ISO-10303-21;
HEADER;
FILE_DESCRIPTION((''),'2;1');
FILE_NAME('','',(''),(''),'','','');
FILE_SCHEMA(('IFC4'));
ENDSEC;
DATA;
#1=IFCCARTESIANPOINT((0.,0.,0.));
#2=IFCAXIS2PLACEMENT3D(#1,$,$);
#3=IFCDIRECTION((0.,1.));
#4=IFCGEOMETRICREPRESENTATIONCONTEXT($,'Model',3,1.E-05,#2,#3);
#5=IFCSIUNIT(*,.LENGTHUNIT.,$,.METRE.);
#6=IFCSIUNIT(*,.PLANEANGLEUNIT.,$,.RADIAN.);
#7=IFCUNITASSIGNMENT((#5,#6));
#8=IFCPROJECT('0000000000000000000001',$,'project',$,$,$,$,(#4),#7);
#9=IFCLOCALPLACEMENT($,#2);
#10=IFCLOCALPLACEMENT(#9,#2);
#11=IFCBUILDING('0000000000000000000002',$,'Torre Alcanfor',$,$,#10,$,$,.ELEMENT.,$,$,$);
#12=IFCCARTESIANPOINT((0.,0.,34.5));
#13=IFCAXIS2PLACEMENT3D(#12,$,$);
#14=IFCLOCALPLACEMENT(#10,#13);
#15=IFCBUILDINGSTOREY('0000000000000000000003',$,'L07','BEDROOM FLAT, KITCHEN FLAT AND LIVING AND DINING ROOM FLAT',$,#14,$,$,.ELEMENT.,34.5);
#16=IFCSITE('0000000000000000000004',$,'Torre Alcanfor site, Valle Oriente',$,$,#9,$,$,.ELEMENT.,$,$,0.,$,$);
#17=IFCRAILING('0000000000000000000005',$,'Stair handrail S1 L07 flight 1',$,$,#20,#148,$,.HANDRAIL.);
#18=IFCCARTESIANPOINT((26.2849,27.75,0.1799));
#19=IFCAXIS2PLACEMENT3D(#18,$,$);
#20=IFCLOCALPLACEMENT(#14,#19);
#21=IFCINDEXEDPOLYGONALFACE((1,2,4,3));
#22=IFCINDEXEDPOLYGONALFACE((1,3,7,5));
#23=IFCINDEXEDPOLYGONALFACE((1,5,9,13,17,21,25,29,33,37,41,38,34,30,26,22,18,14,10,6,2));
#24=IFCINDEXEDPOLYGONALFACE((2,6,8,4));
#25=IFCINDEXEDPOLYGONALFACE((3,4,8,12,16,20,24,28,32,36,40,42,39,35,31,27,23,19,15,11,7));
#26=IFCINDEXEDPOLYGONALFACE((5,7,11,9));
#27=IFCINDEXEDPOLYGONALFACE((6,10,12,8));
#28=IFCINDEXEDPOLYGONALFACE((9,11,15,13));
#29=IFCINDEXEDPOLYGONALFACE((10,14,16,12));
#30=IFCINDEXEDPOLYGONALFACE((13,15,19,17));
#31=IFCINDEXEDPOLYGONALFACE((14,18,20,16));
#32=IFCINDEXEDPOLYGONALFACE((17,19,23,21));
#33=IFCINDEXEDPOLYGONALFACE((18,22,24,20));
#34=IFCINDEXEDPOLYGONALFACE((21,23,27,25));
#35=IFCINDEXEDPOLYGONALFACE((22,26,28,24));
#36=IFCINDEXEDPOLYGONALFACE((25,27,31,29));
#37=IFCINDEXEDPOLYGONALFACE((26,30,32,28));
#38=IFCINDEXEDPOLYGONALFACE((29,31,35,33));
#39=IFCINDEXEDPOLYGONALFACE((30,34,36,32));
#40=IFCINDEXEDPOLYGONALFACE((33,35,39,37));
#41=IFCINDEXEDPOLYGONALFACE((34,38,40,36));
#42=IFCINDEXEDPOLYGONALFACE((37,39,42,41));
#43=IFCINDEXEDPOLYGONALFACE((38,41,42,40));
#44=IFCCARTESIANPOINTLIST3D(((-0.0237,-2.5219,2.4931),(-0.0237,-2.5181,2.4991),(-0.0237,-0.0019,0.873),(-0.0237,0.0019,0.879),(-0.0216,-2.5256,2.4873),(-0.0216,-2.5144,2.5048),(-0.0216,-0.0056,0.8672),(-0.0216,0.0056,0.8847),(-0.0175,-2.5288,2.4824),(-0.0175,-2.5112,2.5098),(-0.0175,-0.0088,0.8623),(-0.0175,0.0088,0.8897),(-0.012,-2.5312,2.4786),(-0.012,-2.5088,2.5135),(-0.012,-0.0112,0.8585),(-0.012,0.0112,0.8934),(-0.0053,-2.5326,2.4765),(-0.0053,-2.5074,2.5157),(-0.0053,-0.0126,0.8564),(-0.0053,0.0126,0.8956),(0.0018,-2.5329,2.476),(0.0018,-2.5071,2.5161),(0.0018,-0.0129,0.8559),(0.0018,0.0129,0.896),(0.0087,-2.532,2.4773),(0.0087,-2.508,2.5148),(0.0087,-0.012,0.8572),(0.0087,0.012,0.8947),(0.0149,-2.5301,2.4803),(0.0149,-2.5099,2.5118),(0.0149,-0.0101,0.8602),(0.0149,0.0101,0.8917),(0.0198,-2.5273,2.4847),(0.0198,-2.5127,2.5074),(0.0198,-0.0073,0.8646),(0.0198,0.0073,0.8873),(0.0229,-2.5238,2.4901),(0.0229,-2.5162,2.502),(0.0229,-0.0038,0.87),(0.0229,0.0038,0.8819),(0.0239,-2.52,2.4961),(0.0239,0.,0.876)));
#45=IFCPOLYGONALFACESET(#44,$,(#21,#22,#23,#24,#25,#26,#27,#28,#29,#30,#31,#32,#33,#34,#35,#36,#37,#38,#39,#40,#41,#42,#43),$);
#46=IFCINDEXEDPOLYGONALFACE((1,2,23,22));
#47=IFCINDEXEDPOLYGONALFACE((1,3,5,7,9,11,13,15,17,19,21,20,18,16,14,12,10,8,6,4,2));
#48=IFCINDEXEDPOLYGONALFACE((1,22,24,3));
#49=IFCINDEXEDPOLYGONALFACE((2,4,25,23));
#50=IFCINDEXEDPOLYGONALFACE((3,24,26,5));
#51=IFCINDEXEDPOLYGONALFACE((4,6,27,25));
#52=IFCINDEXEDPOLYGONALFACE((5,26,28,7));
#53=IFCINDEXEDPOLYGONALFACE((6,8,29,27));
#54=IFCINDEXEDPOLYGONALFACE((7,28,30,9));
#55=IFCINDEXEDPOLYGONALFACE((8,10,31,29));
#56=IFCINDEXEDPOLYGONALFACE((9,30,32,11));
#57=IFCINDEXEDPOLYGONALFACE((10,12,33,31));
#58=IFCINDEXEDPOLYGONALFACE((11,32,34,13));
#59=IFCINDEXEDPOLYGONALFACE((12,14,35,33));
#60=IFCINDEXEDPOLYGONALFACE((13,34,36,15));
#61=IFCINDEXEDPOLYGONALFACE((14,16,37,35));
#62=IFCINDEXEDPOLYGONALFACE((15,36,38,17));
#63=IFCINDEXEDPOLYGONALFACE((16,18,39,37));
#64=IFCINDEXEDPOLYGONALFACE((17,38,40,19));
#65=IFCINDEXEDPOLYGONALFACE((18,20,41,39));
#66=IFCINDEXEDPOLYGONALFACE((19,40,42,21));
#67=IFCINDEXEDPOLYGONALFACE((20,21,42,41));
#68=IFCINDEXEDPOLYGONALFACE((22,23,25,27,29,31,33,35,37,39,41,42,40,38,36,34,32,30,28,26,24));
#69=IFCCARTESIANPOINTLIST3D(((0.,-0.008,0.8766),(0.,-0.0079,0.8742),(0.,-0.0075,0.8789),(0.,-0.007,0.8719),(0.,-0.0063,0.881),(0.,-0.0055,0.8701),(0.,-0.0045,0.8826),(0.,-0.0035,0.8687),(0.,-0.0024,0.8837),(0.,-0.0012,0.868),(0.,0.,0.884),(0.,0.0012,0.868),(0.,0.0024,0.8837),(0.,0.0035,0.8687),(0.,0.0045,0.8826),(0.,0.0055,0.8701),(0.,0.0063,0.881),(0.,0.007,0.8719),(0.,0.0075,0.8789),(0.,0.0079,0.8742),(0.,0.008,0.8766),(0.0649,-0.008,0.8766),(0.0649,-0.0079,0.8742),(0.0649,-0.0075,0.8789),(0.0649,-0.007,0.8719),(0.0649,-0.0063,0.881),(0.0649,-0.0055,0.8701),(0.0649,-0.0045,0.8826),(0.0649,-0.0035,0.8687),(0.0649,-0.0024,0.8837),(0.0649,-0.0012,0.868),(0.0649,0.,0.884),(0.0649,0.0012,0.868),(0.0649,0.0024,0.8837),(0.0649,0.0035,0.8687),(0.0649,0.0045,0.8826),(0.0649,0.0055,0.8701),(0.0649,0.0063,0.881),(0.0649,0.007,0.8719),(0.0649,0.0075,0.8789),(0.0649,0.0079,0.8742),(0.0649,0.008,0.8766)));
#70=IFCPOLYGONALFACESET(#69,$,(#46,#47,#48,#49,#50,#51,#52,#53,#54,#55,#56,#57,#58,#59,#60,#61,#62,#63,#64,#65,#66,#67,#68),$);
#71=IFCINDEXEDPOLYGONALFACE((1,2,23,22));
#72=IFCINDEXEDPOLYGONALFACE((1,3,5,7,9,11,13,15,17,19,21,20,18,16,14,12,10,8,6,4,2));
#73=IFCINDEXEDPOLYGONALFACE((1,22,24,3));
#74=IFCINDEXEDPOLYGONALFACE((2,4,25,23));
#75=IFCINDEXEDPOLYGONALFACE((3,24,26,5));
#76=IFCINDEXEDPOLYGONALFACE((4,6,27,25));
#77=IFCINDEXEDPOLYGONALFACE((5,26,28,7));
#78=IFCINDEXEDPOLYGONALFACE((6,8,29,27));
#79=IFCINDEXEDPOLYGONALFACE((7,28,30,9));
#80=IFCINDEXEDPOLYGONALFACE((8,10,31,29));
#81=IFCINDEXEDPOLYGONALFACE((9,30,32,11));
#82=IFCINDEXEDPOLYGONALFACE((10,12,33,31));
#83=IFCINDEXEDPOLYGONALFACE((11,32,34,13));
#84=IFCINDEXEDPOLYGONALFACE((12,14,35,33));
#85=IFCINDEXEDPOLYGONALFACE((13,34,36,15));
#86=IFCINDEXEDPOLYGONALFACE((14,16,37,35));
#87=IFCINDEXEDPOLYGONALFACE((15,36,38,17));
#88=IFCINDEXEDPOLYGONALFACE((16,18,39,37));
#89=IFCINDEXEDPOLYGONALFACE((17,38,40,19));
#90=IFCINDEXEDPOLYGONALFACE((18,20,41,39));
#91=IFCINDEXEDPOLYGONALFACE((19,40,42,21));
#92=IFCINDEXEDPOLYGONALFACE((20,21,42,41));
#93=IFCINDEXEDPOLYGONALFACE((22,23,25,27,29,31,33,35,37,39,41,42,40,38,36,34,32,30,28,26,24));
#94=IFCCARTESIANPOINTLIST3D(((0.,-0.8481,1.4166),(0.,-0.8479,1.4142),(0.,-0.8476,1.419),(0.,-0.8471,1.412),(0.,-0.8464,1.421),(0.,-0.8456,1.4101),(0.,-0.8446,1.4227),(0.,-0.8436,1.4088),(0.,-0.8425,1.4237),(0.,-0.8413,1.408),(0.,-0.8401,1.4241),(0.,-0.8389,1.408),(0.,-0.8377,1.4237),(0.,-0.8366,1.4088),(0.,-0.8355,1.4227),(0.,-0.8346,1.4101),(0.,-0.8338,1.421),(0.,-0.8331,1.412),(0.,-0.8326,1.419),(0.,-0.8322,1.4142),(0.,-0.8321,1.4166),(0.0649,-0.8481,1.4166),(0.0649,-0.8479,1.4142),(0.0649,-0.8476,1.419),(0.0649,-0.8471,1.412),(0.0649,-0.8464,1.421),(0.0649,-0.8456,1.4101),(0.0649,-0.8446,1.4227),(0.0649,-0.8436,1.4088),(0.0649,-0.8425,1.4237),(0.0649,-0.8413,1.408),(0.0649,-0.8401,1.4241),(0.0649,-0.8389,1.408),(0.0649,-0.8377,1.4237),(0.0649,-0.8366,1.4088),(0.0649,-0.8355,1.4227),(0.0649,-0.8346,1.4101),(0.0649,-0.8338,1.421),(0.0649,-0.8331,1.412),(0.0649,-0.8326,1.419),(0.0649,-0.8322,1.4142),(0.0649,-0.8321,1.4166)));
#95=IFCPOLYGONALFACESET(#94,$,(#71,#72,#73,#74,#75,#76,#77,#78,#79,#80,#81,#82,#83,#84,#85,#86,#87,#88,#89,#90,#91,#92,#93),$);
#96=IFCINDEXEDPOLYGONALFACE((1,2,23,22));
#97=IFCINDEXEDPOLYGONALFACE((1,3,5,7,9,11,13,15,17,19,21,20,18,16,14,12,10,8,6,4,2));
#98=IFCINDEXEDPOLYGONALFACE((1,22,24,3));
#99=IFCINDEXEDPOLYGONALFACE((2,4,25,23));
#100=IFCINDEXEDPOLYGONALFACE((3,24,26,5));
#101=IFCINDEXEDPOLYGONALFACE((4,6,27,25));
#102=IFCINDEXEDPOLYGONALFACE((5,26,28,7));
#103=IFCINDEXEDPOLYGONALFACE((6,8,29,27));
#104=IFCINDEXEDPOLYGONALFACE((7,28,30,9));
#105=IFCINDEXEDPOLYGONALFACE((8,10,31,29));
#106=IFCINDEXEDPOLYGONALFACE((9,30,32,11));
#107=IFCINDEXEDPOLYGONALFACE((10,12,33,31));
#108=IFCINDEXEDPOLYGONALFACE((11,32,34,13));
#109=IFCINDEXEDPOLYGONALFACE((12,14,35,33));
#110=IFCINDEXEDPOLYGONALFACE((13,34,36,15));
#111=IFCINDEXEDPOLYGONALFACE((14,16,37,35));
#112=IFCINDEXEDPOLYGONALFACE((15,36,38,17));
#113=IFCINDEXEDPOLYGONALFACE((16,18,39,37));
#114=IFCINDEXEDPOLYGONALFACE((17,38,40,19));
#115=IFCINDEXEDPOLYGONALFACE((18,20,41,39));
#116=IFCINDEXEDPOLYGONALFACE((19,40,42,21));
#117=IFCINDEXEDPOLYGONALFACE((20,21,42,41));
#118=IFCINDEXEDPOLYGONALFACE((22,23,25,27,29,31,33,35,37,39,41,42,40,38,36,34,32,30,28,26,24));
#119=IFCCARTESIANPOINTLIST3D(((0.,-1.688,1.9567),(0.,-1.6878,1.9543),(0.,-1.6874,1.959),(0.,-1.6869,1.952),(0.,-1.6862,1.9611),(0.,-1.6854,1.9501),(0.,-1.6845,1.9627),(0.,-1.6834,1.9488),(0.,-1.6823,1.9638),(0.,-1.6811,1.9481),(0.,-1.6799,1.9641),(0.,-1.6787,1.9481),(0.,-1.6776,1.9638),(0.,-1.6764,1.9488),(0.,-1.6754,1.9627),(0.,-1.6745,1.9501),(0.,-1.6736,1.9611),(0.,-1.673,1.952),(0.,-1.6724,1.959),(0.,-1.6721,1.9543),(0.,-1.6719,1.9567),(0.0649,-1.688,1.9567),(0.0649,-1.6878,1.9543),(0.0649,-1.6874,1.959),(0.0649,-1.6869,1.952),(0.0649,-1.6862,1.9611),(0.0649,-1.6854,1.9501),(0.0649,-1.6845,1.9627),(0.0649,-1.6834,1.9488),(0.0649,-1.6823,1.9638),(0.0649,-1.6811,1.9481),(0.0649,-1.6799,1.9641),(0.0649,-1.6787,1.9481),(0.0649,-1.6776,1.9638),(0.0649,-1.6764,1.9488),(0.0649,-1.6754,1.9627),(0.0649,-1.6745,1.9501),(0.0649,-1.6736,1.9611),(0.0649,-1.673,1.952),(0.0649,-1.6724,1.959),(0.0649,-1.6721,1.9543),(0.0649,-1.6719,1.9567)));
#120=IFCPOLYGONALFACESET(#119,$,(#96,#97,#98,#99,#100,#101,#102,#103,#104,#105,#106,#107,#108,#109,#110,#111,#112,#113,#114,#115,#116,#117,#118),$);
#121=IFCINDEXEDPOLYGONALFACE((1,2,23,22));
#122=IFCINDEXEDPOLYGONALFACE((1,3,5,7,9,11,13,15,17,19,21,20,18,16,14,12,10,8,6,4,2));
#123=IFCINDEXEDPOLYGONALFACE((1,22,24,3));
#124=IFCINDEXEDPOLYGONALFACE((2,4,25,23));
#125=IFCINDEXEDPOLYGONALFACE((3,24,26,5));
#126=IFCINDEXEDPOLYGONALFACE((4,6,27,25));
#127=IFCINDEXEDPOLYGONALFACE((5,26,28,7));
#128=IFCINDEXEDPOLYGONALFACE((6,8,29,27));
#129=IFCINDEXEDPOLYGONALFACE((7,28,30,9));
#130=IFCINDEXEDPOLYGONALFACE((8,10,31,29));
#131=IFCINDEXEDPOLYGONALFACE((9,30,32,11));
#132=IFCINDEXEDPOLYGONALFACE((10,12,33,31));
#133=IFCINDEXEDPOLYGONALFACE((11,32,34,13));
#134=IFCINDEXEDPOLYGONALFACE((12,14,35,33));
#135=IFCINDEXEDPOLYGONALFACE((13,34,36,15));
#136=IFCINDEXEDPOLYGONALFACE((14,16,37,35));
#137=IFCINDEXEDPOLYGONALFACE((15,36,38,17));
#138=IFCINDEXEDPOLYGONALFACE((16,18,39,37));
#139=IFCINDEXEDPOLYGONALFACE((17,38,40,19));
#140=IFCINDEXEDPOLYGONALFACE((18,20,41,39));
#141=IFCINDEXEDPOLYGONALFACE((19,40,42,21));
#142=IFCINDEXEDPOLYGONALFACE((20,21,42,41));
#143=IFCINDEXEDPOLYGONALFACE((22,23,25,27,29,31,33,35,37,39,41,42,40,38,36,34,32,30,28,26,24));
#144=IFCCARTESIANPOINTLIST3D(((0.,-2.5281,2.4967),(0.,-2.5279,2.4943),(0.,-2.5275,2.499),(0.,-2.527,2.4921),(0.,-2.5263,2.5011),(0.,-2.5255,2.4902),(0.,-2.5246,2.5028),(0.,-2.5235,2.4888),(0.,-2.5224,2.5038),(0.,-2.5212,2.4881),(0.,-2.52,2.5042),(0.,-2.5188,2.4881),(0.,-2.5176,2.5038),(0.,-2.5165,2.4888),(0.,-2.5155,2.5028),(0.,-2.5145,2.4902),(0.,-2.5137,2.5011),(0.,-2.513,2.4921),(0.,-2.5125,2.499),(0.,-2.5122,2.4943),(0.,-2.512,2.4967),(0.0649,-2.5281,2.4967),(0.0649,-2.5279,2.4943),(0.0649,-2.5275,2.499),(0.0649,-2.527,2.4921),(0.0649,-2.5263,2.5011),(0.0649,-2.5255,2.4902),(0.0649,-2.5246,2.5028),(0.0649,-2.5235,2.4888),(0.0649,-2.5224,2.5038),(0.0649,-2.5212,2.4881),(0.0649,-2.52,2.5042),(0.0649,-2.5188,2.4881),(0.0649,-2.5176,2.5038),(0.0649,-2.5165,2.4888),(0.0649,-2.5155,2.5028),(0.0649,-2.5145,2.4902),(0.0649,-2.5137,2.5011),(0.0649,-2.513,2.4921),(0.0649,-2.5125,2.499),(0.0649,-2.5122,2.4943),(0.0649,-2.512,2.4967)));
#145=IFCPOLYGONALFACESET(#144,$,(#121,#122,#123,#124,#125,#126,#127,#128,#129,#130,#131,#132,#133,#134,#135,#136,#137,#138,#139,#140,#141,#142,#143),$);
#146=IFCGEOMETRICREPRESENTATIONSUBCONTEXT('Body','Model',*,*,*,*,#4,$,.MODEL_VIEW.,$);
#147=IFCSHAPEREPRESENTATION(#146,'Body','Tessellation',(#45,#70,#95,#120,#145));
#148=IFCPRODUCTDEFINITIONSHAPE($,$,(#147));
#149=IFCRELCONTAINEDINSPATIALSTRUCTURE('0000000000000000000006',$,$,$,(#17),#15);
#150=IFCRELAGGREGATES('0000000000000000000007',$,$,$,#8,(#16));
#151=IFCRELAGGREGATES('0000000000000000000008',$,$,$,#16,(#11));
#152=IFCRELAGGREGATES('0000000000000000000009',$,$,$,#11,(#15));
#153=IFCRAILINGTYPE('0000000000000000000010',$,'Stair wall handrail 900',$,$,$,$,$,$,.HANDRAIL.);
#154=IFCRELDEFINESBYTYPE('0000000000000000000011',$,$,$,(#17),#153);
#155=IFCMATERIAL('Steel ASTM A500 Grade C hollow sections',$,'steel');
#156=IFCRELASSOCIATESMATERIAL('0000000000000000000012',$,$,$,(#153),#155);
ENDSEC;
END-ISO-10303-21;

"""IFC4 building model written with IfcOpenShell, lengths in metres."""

from ifc_helpers import new_model, si_unit, direction, frame, origin, origin_2d, place, context, subcontext, project, spatial, circle, extrude, material, type_object, element, save


model = new_model("IFC4")

# Units and contexts
model_context = context("Model", 3, precision=1e-05, world=origin(), true_north=direction((0.0, 1.0)))
body_context = subcontext(model_context, "Body", "Model", "MODEL_VIEW")
ifc_project = project(units=[si_unit("LENGTHUNIT", "METRE"), si_unit("PLANEANGLEUNIT", "RADIAN")], contexts=[model_context])

# Site, building, storey
site_placement = place(None, origin())
site = spatial("IfcSite", under=ifc_project, at=site_placement, Name="Torre Alcanfor site, Valle Oriente", CompositionType="ELEMENT", RefElevation=0.0)
building_placement = place(site_placement, origin())
building = spatial("IfcBuilding", under=site, at=building_placement, Name="Torre Alcanfor", CompositionType="ELEMENT")
storey_placement = place(building_placement, frame((0.0, 0.0, 34.5)))
storey = spatial("IfcBuildingStorey", under=building, at=storey_placement, Name="L07", Description="BEDROOM FLAT, KITCHEN FLAT AND LIVING AND DINING ROOM FLAT", CompositionType="ELEMENT", Elevation=34.5)

# Railing
ifc_material_1 = material(Name="Steel ASTM A500 Grade C hollow sections", Category="steel")
railing_type_1 = type_object("IfcRailingType", Name="Stair wall handrail 900", PredefinedType="HANDRAIL", material=ifc_material_1)
railing_1_placement = place(storey_placement, frame((26.2849, 27.75, 0.1799)))
element("IfcRailing", 1, at=railing_1_placement, inside=storey, type_object=railing_type_1, Name="Stair handrail S1 L07 flight 1", PredefinedType="HANDRAIL", context=body_context, shape_type="SweptSolid", body=[
    extrude(circle(Radius=0.0239, at=origin_2d()), frame((0.0, 0.0, 0.876), z_axis=(0.0, -0.841163, 0.540782), x_axis=(1.0, 0.0, 0.0)), (0.0, 0.0, 1.0), 2.9958),
    extrude(circle(Radius=0.0081, at=origin_2d()), frame((0.0, 0.0, 0.876), z_axis=(1.0, 0.0, 0.0), x_axis=(0.0, 0.0, 1.0)), (0.0, 0.0, 1.0), 0.0649),
    extrude(circle(Radius=0.0081, at=origin_2d()), frame((0.0, -0.8401, 1.416), z_axis=(1.0, 0.0, 0.0), x_axis=(0.0, 0.0, 1.0)), (0.0, 0.0, 1.0), 0.0649),
    extrude(circle(Radius=0.0081, at=origin_2d()), frame((0.0, -1.6799, 1.9561), z_axis=(1.0, 0.0, 0.0), x_axis=(0.0, 0.0, 1.0)), (0.0, 0.0, 1.0), 0.0649),
    extrude(circle(Radius=0.0081, at=origin_2d()), frame((0.0, -2.52, 2.4961), z_axis=(1.0, 0.0, 0.0), x_axis=(0.0, 0.0, 1.0)), (0.0, 0.0, 1.0), 0.0649),
])

save(model, "model.ifc")
